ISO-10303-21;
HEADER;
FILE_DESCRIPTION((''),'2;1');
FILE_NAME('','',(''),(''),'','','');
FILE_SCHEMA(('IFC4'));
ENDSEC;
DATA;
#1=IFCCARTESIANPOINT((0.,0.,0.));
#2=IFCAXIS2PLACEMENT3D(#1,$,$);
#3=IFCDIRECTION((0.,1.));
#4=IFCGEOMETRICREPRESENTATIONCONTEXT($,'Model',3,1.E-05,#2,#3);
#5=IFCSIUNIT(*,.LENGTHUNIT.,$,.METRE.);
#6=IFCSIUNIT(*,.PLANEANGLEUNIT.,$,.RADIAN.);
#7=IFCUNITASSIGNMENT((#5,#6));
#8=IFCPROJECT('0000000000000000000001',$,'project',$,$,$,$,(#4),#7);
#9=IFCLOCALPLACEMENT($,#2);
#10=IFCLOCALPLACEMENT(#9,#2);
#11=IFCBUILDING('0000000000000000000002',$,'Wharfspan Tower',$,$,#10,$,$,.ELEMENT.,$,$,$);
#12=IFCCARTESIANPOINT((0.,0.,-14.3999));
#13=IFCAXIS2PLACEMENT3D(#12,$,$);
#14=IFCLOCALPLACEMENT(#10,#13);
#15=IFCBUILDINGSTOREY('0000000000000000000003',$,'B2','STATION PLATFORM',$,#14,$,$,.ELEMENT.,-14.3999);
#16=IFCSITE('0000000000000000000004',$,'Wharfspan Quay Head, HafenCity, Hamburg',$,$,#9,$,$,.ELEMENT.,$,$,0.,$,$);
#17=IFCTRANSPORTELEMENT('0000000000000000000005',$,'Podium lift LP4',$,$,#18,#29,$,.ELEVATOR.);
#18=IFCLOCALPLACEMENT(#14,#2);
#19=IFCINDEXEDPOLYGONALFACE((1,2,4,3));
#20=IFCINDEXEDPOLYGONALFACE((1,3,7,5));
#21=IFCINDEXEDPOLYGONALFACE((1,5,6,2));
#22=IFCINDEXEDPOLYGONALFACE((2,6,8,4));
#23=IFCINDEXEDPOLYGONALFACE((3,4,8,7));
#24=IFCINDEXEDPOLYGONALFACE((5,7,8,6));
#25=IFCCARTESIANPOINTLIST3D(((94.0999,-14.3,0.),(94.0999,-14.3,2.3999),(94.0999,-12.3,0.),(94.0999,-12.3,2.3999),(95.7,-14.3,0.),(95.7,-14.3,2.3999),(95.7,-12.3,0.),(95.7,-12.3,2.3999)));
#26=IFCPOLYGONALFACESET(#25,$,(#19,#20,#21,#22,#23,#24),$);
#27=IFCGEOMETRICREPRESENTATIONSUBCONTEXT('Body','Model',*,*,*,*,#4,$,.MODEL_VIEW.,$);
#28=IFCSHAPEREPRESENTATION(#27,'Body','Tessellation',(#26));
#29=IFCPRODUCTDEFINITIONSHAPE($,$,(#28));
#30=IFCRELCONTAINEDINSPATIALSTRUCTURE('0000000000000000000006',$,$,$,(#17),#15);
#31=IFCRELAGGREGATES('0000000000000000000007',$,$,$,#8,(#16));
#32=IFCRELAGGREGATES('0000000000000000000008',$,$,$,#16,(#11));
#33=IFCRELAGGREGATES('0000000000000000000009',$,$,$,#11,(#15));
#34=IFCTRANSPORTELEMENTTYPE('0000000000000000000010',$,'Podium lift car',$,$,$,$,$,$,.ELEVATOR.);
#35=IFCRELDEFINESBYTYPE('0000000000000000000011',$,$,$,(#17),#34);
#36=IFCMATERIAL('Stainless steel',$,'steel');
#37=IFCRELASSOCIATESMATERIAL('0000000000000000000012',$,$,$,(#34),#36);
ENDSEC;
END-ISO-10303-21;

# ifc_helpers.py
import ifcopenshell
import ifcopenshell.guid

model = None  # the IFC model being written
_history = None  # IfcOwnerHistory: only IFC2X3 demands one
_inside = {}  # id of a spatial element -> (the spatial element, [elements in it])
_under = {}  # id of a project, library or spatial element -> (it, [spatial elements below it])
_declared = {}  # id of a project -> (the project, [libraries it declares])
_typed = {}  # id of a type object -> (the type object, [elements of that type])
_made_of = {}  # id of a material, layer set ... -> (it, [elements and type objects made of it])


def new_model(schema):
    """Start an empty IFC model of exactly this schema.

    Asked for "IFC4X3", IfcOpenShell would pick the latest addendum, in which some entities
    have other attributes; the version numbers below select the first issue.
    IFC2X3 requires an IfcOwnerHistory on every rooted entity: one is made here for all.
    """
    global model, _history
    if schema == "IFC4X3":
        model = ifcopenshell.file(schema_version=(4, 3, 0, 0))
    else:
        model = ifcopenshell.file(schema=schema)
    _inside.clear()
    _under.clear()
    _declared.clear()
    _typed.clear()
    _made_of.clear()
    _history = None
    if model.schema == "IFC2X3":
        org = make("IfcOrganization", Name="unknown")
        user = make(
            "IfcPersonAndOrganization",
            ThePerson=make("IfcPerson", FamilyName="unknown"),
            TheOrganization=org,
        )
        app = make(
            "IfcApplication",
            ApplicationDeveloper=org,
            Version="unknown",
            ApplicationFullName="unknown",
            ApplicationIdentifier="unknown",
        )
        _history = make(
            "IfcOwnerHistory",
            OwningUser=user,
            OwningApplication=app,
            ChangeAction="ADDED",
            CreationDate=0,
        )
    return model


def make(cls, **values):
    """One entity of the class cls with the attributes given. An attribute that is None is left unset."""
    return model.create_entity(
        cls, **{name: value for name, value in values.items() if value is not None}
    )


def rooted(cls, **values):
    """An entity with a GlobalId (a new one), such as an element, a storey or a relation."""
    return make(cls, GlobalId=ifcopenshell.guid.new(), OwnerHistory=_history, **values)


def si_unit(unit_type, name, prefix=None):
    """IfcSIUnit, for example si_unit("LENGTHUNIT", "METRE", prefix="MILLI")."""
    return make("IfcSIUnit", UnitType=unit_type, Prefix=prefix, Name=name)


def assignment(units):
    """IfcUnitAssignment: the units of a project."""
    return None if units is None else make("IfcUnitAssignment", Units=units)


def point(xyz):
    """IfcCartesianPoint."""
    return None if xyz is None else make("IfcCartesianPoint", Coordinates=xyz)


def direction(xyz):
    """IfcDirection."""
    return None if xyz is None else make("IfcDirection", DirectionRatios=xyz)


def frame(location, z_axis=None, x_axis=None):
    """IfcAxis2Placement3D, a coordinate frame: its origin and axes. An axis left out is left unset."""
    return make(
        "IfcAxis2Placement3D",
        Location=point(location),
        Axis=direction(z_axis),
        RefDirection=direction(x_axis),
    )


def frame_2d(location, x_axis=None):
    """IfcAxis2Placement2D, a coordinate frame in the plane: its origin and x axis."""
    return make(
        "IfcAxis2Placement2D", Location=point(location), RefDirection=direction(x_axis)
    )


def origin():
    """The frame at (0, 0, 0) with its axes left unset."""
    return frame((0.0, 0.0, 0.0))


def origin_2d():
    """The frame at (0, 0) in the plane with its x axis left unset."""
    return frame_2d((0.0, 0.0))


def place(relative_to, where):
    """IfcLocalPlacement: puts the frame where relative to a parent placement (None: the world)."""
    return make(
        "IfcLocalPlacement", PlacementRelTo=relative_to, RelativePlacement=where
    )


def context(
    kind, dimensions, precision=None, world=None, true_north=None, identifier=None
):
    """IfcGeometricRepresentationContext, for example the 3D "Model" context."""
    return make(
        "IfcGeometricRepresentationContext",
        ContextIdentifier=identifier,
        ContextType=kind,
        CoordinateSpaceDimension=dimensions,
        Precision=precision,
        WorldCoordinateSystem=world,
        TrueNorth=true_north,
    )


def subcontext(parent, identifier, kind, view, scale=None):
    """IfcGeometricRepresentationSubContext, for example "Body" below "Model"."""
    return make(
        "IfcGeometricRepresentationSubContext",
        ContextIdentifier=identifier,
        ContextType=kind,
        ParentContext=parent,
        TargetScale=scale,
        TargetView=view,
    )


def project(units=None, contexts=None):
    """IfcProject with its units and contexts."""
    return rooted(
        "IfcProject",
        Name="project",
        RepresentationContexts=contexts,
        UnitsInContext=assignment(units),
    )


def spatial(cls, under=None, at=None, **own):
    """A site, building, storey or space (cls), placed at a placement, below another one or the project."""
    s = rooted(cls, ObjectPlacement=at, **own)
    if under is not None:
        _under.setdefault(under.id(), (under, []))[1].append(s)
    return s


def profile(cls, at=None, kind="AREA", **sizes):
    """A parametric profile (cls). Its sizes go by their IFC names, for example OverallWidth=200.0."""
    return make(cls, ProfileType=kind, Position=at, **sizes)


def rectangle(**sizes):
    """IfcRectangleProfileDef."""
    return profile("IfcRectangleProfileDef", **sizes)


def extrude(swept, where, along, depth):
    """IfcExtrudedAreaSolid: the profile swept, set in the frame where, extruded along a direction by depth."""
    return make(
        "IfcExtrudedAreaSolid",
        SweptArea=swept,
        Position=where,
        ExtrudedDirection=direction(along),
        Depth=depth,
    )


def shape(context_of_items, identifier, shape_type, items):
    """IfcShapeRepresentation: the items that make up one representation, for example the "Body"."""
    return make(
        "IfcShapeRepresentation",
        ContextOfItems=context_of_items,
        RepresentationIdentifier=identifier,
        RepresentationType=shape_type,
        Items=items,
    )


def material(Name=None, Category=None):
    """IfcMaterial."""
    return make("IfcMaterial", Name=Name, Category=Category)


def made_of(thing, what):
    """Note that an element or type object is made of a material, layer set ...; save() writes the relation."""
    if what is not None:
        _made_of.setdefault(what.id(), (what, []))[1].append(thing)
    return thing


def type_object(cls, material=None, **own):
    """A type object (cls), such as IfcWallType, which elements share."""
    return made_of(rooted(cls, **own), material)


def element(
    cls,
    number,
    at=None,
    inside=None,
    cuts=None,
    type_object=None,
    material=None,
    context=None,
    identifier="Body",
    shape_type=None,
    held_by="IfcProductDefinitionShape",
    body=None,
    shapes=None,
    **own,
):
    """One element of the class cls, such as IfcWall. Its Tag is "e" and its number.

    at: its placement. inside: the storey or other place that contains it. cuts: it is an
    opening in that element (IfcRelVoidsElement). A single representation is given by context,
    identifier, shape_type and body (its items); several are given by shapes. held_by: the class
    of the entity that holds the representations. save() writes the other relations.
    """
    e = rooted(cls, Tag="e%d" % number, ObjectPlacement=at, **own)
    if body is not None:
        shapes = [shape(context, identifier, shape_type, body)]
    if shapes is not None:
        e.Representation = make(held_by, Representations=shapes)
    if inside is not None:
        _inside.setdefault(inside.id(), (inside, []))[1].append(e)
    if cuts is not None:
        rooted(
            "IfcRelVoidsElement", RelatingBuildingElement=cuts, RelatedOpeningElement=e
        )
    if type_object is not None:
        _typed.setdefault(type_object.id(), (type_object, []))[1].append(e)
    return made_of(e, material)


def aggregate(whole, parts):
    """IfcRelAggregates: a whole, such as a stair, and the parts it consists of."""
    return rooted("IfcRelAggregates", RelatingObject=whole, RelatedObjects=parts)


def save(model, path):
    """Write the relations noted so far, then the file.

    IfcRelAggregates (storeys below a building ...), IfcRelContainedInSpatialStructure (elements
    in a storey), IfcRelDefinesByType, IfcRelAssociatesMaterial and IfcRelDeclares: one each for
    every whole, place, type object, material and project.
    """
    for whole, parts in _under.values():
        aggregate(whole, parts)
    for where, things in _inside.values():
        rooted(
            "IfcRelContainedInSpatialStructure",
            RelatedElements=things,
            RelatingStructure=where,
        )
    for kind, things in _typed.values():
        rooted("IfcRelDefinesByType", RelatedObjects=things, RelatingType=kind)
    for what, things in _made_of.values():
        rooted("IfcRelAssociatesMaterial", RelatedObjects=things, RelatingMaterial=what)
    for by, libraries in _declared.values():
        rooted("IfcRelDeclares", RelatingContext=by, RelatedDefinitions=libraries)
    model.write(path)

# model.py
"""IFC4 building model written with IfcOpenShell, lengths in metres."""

from ifc_helpers import new_model, si_unit, direction, frame, origin, origin_2d, place, context, subcontext, project, spatial, rectangle, extrude, material, type_object, element, save


model = new_model("IFC4")

# Units and contexts
model_context = context("Model", 3, precision=1e-05, world=origin(), true_north=direction((0.0, 1.0)))
body_context = subcontext(model_context, "Body", "Model", "MODEL_VIEW")
ifc_project = project(units=[si_unit("LENGTHUNIT", "METRE"), si_unit("PLANEANGLEUNIT", "RADIAN")], contexts=[model_context])

# Site, building, storey
site_placement = place(None, origin())
site = spatial("IfcSite", under=ifc_project, at=site_placement, Name="Wharfspan Quay Head, HafenCity, Hamburg", CompositionType="ELEMENT", RefElevation=0.0)
building_placement = place(site_placement, origin())
building = spatial("IfcBuilding", under=site, at=building_placement, Name="Wharfspan Tower", CompositionType="ELEMENT")
storey_placement = place(building_placement, frame((0.0, 0.0, -14.3999)))
storey = spatial("IfcBuildingStorey", under=building, at=storey_placement, Name="B2", Description="STATION PLATFORM", CompositionType="ELEMENT", Elevation=-14.3999)

# Shared definitions
ifc_material_1 = material(Name="Stainless steel", Category="steel")

# Transport element
transport_element_type_1 = type_object("IfcTransportElementType", Name="Podium lift car", PredefinedType="ELEVATOR", material=ifc_material_1)
for number, where, z_axis, x_axis, name in (
    (1, (94.8999, -13.3, 0.0), (0.0, 0.0, 1.0), (1.0, 0.0, 0.0), "Podium lift LP4"),
):
    element("IfcTransportElement", number, at=place(storey_placement, frame(where, z_axis=z_axis, x_axis=x_axis)), inside=storey, type_object=transport_element_type_1, Name=name, PredefinedType="ELEVATOR", context=body_context, shape_type="SweptSolid", body=[
        extrude(rectangle(XDim=1.6001, YDim=2.0, at=origin_2d()), origin(), (0.0, 0.0, 1.0), 2.3999),
    ])

save(model, "model.ifc")
